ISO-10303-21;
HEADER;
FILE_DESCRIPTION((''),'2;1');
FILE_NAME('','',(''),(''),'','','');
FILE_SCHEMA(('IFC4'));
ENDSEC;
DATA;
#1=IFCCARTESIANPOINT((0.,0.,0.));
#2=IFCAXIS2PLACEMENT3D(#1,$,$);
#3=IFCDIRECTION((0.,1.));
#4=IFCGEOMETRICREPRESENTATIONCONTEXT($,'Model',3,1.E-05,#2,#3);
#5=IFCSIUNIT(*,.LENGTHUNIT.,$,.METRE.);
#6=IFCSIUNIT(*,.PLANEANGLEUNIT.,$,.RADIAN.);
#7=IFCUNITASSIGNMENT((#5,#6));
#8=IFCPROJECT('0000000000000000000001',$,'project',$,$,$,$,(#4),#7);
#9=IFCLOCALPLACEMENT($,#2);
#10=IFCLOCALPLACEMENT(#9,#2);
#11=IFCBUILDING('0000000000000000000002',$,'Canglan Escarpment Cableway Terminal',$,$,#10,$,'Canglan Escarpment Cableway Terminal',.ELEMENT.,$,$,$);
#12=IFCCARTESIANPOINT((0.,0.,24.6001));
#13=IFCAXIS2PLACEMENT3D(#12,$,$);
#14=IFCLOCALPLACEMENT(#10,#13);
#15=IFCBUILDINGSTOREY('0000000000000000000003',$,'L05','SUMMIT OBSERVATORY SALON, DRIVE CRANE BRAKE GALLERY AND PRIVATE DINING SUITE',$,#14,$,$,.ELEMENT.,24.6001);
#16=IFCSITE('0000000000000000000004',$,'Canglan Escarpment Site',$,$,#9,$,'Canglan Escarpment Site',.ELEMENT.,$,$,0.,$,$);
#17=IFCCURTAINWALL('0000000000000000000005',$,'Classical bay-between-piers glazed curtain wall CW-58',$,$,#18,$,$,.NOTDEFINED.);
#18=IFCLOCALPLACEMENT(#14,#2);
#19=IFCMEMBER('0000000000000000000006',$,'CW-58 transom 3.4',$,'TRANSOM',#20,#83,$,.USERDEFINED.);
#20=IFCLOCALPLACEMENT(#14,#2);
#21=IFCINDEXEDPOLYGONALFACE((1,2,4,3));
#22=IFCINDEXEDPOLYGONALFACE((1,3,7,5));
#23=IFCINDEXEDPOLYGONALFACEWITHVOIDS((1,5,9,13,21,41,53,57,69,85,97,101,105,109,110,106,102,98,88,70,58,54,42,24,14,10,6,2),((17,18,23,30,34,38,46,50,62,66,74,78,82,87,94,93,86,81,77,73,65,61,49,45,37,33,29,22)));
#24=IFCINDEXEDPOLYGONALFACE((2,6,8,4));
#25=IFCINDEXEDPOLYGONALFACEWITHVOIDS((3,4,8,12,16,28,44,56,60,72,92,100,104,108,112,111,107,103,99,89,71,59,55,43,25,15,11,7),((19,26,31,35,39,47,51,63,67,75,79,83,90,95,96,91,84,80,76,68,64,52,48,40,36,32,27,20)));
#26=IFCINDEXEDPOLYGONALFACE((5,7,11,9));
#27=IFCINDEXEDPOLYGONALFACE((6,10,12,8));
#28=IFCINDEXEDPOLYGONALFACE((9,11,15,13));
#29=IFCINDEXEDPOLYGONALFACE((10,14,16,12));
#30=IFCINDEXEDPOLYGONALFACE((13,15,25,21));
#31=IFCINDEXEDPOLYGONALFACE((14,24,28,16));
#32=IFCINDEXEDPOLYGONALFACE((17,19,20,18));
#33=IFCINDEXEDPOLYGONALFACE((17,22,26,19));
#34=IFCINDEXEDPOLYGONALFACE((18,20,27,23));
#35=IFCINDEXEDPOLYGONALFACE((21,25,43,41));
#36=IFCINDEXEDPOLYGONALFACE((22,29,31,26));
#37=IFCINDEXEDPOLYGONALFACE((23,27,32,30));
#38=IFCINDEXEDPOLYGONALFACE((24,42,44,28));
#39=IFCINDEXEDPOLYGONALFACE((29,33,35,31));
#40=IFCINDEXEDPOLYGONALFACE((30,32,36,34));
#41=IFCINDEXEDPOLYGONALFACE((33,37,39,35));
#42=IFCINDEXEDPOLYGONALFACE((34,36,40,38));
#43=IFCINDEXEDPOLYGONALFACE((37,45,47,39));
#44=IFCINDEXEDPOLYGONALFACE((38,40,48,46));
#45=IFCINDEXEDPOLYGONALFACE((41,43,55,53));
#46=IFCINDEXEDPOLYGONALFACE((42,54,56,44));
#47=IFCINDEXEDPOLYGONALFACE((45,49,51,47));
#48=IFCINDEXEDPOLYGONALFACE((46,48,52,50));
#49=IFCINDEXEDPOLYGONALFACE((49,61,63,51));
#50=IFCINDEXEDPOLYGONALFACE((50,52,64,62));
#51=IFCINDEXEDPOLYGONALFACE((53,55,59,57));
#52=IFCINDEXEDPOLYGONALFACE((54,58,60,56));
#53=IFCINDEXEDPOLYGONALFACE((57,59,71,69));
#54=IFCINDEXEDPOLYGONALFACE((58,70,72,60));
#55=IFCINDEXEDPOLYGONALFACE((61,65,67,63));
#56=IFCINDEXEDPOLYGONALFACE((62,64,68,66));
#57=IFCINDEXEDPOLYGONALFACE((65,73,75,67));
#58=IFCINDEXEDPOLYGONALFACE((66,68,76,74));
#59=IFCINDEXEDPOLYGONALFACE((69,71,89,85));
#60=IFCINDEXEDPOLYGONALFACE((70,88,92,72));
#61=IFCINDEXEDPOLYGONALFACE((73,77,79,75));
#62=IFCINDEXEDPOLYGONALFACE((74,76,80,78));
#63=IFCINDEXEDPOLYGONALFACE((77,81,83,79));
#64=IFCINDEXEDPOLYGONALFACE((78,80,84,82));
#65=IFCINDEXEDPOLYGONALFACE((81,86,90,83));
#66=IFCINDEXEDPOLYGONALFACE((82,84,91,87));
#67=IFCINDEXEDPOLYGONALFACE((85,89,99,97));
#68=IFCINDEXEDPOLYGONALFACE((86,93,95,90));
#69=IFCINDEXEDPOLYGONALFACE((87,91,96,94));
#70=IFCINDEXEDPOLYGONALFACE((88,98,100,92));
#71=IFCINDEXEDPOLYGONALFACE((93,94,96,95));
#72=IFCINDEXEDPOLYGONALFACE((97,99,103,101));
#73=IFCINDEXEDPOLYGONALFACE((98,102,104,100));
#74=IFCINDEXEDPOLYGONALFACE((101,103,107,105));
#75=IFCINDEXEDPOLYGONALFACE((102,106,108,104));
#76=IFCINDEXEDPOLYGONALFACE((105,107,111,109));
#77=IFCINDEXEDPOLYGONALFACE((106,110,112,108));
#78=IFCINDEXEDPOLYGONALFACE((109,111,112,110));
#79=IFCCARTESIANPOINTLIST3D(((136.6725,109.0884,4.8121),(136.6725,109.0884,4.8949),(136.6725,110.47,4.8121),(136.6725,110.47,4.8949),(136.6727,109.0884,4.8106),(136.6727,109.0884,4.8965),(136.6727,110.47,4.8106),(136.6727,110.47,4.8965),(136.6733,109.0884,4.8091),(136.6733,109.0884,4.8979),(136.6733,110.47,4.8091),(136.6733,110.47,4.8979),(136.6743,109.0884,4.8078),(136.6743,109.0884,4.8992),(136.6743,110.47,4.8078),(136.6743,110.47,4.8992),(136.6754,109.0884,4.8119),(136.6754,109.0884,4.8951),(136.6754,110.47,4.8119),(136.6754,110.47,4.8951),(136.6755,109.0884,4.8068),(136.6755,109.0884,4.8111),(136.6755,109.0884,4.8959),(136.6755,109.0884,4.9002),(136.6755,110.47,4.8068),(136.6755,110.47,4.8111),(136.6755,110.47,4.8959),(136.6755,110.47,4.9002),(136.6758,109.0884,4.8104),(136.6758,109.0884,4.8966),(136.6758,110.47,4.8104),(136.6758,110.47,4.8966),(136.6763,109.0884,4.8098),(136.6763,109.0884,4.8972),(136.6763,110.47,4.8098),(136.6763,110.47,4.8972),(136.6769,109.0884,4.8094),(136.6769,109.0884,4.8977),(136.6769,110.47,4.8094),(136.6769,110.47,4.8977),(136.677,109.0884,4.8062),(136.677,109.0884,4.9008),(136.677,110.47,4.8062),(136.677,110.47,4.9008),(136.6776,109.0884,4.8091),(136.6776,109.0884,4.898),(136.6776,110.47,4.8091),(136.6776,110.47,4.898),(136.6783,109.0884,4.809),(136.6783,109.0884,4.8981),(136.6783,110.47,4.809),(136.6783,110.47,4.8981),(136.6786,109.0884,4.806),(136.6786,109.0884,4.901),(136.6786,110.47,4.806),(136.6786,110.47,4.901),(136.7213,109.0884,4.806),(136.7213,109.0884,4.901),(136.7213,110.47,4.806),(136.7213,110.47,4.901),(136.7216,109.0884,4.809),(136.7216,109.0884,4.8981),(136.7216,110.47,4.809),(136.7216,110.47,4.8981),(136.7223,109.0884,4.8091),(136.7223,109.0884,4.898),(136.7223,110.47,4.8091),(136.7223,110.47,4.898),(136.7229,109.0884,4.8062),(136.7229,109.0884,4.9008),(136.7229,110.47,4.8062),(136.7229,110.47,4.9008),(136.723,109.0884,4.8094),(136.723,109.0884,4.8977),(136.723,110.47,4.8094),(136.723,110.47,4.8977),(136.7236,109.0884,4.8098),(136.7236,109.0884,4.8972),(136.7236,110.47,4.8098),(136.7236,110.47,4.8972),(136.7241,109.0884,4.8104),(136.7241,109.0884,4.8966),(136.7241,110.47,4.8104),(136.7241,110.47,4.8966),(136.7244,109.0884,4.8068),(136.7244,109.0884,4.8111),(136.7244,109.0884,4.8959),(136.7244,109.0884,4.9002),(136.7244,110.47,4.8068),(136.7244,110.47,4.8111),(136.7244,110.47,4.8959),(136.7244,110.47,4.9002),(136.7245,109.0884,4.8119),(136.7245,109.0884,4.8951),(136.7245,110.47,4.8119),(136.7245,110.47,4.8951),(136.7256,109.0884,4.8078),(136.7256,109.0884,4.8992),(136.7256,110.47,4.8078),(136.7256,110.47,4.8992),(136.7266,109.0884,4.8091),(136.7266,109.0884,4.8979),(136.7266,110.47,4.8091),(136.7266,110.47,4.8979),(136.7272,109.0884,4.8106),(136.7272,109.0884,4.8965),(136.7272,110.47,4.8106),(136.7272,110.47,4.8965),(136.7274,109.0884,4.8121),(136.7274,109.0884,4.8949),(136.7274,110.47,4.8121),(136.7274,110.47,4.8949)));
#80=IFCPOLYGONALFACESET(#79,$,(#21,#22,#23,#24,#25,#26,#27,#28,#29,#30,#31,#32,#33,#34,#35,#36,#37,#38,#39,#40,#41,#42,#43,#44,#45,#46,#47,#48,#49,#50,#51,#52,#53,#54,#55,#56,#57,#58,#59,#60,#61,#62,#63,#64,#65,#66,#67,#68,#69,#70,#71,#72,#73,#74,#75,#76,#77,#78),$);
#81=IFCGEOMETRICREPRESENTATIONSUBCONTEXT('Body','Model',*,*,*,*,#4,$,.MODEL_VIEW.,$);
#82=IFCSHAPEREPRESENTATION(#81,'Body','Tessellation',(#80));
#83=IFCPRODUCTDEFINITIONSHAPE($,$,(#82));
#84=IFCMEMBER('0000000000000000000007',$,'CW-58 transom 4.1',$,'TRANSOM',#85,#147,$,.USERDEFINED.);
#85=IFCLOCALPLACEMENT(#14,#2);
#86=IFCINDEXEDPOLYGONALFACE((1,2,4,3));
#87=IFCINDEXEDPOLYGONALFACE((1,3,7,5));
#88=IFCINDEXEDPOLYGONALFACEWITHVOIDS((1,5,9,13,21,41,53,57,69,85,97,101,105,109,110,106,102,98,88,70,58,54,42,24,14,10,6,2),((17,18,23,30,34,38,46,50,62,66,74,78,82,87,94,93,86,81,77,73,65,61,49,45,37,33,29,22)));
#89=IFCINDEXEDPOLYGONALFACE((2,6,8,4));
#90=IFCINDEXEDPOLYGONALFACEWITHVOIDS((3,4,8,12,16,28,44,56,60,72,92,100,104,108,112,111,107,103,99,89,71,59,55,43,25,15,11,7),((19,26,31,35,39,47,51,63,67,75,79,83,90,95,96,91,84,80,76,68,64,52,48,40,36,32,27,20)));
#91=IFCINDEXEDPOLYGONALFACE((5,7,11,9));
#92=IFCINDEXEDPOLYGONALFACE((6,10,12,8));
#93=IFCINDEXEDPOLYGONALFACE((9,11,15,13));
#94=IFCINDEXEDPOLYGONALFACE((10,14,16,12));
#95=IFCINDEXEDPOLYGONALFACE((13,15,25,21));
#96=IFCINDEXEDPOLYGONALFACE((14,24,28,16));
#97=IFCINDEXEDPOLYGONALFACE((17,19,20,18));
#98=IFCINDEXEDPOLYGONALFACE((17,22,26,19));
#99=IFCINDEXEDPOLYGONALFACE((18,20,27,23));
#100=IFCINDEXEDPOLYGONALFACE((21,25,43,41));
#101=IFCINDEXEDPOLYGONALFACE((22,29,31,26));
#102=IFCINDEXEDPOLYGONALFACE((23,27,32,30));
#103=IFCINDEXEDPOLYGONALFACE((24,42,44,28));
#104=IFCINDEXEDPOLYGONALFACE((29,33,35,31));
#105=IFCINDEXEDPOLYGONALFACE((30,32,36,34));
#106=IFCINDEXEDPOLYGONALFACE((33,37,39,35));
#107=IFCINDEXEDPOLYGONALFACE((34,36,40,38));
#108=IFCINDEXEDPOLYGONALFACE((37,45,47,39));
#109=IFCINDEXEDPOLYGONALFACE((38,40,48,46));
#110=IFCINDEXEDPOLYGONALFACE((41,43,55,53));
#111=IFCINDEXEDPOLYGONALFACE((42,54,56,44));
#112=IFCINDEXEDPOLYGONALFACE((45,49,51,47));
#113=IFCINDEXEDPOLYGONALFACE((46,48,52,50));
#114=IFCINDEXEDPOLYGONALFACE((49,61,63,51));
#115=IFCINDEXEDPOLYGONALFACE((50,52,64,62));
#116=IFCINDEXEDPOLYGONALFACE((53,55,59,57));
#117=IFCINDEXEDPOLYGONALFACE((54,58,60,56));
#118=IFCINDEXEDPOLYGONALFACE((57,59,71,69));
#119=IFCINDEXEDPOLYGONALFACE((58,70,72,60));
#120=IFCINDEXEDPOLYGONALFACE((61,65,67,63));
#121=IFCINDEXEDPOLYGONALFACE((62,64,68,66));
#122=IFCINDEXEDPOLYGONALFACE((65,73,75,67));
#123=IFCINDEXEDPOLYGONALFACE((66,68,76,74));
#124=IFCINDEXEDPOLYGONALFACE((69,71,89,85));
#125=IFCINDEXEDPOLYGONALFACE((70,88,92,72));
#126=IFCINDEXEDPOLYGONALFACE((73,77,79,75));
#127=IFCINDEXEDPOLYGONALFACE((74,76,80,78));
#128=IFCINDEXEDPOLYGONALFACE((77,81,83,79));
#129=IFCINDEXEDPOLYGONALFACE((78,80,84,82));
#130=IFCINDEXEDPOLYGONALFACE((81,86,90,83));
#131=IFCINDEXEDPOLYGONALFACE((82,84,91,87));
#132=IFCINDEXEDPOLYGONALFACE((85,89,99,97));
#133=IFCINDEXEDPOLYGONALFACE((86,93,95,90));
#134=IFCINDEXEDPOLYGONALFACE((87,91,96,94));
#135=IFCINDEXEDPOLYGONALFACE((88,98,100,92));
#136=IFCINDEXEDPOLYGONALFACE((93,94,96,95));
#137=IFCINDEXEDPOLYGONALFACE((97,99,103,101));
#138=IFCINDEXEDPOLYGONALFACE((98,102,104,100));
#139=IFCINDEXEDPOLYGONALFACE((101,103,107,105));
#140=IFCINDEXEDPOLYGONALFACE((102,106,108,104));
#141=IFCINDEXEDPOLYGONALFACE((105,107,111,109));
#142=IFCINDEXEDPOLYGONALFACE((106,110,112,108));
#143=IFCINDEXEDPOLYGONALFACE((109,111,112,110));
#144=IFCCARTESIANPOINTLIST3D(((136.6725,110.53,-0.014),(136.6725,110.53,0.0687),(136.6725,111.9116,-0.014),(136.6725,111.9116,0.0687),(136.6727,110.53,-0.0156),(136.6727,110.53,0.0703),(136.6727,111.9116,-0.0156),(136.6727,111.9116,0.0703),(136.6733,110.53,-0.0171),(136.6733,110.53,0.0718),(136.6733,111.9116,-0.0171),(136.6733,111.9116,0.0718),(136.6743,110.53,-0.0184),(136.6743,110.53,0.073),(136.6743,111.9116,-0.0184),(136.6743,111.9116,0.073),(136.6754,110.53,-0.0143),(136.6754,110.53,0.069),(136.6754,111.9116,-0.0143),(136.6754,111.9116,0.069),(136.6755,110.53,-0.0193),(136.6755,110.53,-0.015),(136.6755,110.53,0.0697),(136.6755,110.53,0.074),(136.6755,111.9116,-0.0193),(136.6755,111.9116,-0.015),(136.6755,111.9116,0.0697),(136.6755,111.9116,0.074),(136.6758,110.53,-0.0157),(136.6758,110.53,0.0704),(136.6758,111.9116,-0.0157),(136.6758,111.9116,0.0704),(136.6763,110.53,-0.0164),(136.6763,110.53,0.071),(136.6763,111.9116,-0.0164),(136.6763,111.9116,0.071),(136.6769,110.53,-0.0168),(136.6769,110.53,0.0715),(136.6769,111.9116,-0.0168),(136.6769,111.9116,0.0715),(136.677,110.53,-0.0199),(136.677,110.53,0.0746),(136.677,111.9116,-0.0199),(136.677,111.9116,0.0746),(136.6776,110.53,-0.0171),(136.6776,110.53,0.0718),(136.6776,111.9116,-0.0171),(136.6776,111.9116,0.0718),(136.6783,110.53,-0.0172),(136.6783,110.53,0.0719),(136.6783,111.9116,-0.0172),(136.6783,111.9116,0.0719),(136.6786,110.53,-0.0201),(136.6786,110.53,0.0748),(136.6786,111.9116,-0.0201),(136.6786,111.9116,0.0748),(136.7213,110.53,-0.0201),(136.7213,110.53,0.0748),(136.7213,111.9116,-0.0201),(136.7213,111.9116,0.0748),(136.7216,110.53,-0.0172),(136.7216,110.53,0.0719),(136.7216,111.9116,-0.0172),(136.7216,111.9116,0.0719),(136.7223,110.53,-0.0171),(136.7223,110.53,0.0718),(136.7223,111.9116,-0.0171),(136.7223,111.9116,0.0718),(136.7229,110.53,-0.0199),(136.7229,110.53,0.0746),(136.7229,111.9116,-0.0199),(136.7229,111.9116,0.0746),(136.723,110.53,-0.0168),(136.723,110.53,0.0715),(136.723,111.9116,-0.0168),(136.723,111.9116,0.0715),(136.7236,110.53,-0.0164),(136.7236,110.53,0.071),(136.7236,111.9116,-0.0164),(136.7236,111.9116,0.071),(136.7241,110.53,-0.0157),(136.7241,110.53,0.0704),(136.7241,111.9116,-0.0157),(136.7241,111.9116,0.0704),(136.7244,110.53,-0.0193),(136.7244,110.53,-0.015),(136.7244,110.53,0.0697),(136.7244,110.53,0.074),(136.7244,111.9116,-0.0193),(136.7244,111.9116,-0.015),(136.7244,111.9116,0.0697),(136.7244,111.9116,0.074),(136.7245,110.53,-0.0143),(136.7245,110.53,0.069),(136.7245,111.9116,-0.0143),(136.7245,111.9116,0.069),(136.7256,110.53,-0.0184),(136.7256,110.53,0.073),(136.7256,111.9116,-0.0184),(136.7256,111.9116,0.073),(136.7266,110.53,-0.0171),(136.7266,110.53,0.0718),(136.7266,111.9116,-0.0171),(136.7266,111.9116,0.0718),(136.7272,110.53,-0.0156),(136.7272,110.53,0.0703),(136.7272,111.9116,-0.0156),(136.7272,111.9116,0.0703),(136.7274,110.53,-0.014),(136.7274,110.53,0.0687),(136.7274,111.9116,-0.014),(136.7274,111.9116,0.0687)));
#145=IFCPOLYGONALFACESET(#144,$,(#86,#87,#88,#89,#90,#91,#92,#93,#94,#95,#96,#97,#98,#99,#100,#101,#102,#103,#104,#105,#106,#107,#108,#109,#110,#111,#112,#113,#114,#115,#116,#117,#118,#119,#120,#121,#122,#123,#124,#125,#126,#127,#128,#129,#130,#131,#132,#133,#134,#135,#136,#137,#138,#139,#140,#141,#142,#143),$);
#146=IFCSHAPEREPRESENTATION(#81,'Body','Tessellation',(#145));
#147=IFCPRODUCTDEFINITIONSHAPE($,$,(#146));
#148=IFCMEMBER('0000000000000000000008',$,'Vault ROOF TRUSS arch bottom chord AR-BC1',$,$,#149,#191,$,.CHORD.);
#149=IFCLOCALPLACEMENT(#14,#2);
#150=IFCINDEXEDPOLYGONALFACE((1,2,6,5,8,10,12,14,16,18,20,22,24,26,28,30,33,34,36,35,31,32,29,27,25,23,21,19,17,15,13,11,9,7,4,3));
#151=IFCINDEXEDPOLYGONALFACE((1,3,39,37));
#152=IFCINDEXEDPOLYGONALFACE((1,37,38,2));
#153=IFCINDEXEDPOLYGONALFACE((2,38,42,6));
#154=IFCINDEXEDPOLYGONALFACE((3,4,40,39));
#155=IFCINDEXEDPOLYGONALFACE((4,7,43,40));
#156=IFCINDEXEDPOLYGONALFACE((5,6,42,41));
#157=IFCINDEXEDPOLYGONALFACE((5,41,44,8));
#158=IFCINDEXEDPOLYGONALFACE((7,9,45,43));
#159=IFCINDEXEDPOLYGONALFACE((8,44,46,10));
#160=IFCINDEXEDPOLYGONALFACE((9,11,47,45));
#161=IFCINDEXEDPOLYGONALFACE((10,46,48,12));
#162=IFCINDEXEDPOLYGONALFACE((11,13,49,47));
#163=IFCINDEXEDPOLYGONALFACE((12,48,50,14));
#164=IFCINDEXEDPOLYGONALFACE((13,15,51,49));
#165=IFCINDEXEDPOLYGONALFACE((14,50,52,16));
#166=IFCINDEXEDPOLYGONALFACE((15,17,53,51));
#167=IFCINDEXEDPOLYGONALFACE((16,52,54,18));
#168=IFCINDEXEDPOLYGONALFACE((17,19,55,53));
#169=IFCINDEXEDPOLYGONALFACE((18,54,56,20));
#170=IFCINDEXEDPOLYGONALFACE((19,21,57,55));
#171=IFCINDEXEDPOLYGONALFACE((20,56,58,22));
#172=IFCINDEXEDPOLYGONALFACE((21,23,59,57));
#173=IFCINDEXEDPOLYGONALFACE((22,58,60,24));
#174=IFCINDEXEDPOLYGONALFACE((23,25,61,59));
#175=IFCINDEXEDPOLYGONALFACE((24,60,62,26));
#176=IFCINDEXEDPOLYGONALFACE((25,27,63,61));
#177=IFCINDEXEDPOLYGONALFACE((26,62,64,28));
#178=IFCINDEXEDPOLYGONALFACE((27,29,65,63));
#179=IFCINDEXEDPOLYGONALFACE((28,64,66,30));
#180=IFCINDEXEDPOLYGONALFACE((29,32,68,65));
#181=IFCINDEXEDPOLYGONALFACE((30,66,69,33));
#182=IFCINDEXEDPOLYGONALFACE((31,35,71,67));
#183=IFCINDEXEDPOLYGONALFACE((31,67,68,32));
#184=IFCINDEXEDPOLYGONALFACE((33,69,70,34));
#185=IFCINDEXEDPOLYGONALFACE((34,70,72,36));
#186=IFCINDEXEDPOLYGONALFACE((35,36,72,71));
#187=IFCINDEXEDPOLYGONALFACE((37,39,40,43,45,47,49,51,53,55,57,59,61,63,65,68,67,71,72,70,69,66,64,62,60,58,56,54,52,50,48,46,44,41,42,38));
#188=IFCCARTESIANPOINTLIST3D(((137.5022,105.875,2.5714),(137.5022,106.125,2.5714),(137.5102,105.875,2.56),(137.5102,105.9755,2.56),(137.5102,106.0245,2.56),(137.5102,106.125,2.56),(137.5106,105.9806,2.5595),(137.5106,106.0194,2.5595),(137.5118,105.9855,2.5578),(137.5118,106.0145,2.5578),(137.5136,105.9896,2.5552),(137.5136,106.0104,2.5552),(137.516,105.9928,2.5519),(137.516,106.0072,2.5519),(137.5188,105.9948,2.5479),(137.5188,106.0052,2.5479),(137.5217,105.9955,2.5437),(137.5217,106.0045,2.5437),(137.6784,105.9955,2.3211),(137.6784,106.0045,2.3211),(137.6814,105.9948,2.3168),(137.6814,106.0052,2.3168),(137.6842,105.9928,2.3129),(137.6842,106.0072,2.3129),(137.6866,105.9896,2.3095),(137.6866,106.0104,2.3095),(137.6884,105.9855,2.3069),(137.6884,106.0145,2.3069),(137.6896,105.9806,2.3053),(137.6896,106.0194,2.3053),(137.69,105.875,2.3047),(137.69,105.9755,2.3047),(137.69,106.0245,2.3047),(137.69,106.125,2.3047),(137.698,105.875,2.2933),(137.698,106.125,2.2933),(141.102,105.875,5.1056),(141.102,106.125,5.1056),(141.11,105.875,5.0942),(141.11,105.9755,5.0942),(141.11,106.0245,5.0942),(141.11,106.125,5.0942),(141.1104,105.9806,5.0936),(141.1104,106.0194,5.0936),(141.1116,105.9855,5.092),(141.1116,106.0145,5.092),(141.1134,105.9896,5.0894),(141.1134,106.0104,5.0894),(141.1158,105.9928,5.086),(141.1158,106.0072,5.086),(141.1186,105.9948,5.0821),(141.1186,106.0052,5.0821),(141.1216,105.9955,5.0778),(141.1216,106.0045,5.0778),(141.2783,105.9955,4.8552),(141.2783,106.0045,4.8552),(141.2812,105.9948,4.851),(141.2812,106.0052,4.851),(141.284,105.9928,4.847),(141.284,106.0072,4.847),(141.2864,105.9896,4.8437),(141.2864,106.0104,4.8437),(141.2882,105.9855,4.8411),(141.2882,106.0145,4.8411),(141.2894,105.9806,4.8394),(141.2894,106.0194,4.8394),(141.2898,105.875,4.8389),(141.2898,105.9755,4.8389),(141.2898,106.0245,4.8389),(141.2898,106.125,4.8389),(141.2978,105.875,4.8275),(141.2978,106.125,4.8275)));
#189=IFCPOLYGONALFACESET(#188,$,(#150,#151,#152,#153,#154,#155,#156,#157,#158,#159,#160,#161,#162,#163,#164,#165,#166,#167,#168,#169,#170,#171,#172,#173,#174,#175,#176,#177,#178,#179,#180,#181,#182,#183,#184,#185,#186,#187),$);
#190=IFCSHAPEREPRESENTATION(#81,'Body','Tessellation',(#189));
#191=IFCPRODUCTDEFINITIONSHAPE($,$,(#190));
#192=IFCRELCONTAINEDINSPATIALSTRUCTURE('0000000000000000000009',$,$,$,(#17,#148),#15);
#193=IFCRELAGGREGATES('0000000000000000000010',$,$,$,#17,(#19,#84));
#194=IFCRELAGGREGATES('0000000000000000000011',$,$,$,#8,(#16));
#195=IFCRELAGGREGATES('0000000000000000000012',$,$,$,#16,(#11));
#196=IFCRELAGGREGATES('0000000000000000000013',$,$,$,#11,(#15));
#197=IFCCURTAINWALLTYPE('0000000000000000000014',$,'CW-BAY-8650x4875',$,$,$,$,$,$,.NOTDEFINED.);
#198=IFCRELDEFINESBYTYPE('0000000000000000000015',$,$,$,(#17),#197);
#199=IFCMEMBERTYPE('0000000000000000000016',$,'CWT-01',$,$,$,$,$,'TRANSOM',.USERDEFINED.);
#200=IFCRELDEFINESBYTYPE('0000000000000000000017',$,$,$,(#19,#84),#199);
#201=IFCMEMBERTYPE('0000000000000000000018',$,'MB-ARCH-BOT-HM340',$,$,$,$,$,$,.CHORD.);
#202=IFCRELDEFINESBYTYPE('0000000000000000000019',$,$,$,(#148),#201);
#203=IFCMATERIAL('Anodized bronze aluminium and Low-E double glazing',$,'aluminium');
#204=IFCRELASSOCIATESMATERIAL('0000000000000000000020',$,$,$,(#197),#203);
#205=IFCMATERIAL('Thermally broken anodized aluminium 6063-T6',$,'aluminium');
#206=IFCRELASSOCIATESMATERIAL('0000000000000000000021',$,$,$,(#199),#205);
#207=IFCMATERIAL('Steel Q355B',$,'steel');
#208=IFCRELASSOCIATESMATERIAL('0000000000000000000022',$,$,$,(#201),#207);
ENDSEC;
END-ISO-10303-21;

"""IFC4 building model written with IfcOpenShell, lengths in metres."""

from ifc_helpers import new_model, si_unit, direction, frame, origin, origin_2d, place, context, subcontext, project, spatial, hollow_rectangle, i_section, extrude, material, material_profile, profile_set, type_object, element, aggregate, save


model = new_model("IFC4")

# Units and contexts
model_context = context("Model", 3, precision=1e-05, world=origin(), true_north=direction((0.0, 1.0)))
body_context = subcontext(model_context, "Body", "Model", "MODEL_VIEW")
ifc_project = project(units=[si_unit("LENGTHUNIT", "METRE"), si_unit("PLANEANGLEUNIT", "RADIAN")], contexts=[model_context])

# Site, building, storey
site_placement = place(None, origin())
site = spatial("IfcSite", under=ifc_project, at=site_placement, Name="Canglan Escarpment Site", LongName="Canglan Escarpment Site", CompositionType="ELEMENT", RefElevation=0.0)
building_placement = place(site_placement, origin())
building = spatial("IfcBuilding", under=site, at=building_placement, Name="Canglan Escarpment Cableway Terminal", LongName="Canglan Escarpment Cableway Terminal", CompositionType="ELEMENT")
storey_placement = place(building_placement, frame((0.0, 0.0, 24.6001)))
storey = spatial("IfcBuildingStorey", under=building, at=storey_placement, Name="L05", Description="SUMMIT OBSERVATORY SALON, DRIVE CRANE BRAKE GALLERY AND PRIVATE DINING SUITE", CompositionType="ELEMENT", Elevation=24.6001)

# Shared definitions
ifc_material_1 = material(Name="Steel Q355B", Category="steel")

# Curtain wall
ifc_material_2 = material(Name="Anodized bronze aluminium and Low-E double glazing", Category="aluminium")
curtain_wall_type = type_object("IfcCurtainWallType", Name="CW-BAY-8650x4875", PredefinedType="NOTDEFINED", material=ifc_material_2)
curtain_wall_1_placement = place(storey_placement, origin())
curtain_wall_1 = element("IfcCurtainWall", 1, at=curtain_wall_1_placement, inside=storey, type_object=curtain_wall_type, Name="Classical bay-between-piers glazed curtain wall CW-58", PredefinedType="NOTDEFINED")
ifc_material_3 = material(Name="Thermally broken anodized aluminium 6063-T6", Category="aluminium")

# Members
ifc_material_profile_1 = material_profile(ifc_material_3, hollow_rectangle(XDim=0.0549, YDim=0.095, WallThickness=0.0029, InnerFilletRadius=0.0029, OuterFilletRadius=0.0061, at=origin_2d()), Name="ALU-TRAN 55x95x3")
ifc_profile_set_1 = profile_set([ifc_material_profile_1], Name="Thermally broken anodized aluminium 6063-T6")
member_type_1 = type_object("IfcMemberType", Name="CWT-01", ElementType="TRANSOM", PredefinedType="USERDEFINED", material=ifc_profile_set_1)
member_1_placement = place(storey_placement, frame((136.7, 109.0884, 4.8535), z_axis=(0.0, 1.0, 0.0), x_axis=(-1.0, 0.0, 0.0)))
member_1 = element("IfcMember", 2, at=member_1_placement, type_object=member_type_1, Name="CW-58 transom 3.4", ObjectType="TRANSOM", PredefinedType="USERDEFINED", context=body_context, shape_type="SweptSolid", body=[
    extrude(hollow_rectangle(XDim=0.0549, YDim=0.095, WallThickness=0.0029, InnerFilletRadius=0.0029, OuterFilletRadius=0.0061, at=origin_2d()), origin(), (0.0, 0.0, 1.0), 1.3816),
])
member_2_placement = place(storey_placement, frame((136.7, 110.53, 0.0273), z_axis=(0.0, 1.0, 0.0), x_axis=(-1.0, 0.0, 0.0)))
member_2 = element("IfcMember", 3, at=member_2_placement, type_object=member_type_1, Name="CW-58 transom 4.1", ObjectType="TRANSOM", PredefinedType="USERDEFINED", context=body_context, shape_type="SweptSolid", body=[
    extrude(hollow_rectangle(XDim=0.0549, YDim=0.095, WallThickness=0.0029, InnerFilletRadius=0.0029, OuterFilletRadius=0.0061, at=origin_2d()), origin(), (0.0, 0.0, 1.0), 1.3816),
])

# Member
ifc_material_profile_2 = material_profile(ifc_material_1, i_section(OverallWidth=0.25, OverallDepth=0.3401, WebThickness=0.009, FlangeThickness=0.0139, FilletRadius=0.02, at=origin_2d()), Name="HM 340x250x9x14")
ifc_profile_set_2 = profile_set([ifc_material_profile_2], Name="Steel Q355B")
member_type_2 = type_object("IfcMemberType", Name="MB-ARCH-BOT-HM340", PredefinedType="CHORD", material=ifc_profile_set_2)
member_3_placement = place(storey_placement, frame((137.6001, 106.0, 2.4324), z_axis=(0.817705, 0.0, 0.575638), x_axis=(0.0, 1.0, 0.0)))
element("IfcMember", 4, at=member_3_placement, inside=storey, type_object=member_type_2, Name="Vault ROOF TRUSS arch bottom chord AR-BC1", PredefinedType="CHORD", context=body_context, shape_type="SweptSolid", body=[
    extrude(i_section(OverallWidth=0.25, OverallDepth=0.3401, WebThickness=0.009, FlangeThickness=0.0139, FilletRadius=0.02, at=origin_2d()), origin(), (0.0, 0.0, 1.0), 4.4023),
])

aggregate(curtain_wall_1, [member_1, member_2])

save(model, "model.ifc")
